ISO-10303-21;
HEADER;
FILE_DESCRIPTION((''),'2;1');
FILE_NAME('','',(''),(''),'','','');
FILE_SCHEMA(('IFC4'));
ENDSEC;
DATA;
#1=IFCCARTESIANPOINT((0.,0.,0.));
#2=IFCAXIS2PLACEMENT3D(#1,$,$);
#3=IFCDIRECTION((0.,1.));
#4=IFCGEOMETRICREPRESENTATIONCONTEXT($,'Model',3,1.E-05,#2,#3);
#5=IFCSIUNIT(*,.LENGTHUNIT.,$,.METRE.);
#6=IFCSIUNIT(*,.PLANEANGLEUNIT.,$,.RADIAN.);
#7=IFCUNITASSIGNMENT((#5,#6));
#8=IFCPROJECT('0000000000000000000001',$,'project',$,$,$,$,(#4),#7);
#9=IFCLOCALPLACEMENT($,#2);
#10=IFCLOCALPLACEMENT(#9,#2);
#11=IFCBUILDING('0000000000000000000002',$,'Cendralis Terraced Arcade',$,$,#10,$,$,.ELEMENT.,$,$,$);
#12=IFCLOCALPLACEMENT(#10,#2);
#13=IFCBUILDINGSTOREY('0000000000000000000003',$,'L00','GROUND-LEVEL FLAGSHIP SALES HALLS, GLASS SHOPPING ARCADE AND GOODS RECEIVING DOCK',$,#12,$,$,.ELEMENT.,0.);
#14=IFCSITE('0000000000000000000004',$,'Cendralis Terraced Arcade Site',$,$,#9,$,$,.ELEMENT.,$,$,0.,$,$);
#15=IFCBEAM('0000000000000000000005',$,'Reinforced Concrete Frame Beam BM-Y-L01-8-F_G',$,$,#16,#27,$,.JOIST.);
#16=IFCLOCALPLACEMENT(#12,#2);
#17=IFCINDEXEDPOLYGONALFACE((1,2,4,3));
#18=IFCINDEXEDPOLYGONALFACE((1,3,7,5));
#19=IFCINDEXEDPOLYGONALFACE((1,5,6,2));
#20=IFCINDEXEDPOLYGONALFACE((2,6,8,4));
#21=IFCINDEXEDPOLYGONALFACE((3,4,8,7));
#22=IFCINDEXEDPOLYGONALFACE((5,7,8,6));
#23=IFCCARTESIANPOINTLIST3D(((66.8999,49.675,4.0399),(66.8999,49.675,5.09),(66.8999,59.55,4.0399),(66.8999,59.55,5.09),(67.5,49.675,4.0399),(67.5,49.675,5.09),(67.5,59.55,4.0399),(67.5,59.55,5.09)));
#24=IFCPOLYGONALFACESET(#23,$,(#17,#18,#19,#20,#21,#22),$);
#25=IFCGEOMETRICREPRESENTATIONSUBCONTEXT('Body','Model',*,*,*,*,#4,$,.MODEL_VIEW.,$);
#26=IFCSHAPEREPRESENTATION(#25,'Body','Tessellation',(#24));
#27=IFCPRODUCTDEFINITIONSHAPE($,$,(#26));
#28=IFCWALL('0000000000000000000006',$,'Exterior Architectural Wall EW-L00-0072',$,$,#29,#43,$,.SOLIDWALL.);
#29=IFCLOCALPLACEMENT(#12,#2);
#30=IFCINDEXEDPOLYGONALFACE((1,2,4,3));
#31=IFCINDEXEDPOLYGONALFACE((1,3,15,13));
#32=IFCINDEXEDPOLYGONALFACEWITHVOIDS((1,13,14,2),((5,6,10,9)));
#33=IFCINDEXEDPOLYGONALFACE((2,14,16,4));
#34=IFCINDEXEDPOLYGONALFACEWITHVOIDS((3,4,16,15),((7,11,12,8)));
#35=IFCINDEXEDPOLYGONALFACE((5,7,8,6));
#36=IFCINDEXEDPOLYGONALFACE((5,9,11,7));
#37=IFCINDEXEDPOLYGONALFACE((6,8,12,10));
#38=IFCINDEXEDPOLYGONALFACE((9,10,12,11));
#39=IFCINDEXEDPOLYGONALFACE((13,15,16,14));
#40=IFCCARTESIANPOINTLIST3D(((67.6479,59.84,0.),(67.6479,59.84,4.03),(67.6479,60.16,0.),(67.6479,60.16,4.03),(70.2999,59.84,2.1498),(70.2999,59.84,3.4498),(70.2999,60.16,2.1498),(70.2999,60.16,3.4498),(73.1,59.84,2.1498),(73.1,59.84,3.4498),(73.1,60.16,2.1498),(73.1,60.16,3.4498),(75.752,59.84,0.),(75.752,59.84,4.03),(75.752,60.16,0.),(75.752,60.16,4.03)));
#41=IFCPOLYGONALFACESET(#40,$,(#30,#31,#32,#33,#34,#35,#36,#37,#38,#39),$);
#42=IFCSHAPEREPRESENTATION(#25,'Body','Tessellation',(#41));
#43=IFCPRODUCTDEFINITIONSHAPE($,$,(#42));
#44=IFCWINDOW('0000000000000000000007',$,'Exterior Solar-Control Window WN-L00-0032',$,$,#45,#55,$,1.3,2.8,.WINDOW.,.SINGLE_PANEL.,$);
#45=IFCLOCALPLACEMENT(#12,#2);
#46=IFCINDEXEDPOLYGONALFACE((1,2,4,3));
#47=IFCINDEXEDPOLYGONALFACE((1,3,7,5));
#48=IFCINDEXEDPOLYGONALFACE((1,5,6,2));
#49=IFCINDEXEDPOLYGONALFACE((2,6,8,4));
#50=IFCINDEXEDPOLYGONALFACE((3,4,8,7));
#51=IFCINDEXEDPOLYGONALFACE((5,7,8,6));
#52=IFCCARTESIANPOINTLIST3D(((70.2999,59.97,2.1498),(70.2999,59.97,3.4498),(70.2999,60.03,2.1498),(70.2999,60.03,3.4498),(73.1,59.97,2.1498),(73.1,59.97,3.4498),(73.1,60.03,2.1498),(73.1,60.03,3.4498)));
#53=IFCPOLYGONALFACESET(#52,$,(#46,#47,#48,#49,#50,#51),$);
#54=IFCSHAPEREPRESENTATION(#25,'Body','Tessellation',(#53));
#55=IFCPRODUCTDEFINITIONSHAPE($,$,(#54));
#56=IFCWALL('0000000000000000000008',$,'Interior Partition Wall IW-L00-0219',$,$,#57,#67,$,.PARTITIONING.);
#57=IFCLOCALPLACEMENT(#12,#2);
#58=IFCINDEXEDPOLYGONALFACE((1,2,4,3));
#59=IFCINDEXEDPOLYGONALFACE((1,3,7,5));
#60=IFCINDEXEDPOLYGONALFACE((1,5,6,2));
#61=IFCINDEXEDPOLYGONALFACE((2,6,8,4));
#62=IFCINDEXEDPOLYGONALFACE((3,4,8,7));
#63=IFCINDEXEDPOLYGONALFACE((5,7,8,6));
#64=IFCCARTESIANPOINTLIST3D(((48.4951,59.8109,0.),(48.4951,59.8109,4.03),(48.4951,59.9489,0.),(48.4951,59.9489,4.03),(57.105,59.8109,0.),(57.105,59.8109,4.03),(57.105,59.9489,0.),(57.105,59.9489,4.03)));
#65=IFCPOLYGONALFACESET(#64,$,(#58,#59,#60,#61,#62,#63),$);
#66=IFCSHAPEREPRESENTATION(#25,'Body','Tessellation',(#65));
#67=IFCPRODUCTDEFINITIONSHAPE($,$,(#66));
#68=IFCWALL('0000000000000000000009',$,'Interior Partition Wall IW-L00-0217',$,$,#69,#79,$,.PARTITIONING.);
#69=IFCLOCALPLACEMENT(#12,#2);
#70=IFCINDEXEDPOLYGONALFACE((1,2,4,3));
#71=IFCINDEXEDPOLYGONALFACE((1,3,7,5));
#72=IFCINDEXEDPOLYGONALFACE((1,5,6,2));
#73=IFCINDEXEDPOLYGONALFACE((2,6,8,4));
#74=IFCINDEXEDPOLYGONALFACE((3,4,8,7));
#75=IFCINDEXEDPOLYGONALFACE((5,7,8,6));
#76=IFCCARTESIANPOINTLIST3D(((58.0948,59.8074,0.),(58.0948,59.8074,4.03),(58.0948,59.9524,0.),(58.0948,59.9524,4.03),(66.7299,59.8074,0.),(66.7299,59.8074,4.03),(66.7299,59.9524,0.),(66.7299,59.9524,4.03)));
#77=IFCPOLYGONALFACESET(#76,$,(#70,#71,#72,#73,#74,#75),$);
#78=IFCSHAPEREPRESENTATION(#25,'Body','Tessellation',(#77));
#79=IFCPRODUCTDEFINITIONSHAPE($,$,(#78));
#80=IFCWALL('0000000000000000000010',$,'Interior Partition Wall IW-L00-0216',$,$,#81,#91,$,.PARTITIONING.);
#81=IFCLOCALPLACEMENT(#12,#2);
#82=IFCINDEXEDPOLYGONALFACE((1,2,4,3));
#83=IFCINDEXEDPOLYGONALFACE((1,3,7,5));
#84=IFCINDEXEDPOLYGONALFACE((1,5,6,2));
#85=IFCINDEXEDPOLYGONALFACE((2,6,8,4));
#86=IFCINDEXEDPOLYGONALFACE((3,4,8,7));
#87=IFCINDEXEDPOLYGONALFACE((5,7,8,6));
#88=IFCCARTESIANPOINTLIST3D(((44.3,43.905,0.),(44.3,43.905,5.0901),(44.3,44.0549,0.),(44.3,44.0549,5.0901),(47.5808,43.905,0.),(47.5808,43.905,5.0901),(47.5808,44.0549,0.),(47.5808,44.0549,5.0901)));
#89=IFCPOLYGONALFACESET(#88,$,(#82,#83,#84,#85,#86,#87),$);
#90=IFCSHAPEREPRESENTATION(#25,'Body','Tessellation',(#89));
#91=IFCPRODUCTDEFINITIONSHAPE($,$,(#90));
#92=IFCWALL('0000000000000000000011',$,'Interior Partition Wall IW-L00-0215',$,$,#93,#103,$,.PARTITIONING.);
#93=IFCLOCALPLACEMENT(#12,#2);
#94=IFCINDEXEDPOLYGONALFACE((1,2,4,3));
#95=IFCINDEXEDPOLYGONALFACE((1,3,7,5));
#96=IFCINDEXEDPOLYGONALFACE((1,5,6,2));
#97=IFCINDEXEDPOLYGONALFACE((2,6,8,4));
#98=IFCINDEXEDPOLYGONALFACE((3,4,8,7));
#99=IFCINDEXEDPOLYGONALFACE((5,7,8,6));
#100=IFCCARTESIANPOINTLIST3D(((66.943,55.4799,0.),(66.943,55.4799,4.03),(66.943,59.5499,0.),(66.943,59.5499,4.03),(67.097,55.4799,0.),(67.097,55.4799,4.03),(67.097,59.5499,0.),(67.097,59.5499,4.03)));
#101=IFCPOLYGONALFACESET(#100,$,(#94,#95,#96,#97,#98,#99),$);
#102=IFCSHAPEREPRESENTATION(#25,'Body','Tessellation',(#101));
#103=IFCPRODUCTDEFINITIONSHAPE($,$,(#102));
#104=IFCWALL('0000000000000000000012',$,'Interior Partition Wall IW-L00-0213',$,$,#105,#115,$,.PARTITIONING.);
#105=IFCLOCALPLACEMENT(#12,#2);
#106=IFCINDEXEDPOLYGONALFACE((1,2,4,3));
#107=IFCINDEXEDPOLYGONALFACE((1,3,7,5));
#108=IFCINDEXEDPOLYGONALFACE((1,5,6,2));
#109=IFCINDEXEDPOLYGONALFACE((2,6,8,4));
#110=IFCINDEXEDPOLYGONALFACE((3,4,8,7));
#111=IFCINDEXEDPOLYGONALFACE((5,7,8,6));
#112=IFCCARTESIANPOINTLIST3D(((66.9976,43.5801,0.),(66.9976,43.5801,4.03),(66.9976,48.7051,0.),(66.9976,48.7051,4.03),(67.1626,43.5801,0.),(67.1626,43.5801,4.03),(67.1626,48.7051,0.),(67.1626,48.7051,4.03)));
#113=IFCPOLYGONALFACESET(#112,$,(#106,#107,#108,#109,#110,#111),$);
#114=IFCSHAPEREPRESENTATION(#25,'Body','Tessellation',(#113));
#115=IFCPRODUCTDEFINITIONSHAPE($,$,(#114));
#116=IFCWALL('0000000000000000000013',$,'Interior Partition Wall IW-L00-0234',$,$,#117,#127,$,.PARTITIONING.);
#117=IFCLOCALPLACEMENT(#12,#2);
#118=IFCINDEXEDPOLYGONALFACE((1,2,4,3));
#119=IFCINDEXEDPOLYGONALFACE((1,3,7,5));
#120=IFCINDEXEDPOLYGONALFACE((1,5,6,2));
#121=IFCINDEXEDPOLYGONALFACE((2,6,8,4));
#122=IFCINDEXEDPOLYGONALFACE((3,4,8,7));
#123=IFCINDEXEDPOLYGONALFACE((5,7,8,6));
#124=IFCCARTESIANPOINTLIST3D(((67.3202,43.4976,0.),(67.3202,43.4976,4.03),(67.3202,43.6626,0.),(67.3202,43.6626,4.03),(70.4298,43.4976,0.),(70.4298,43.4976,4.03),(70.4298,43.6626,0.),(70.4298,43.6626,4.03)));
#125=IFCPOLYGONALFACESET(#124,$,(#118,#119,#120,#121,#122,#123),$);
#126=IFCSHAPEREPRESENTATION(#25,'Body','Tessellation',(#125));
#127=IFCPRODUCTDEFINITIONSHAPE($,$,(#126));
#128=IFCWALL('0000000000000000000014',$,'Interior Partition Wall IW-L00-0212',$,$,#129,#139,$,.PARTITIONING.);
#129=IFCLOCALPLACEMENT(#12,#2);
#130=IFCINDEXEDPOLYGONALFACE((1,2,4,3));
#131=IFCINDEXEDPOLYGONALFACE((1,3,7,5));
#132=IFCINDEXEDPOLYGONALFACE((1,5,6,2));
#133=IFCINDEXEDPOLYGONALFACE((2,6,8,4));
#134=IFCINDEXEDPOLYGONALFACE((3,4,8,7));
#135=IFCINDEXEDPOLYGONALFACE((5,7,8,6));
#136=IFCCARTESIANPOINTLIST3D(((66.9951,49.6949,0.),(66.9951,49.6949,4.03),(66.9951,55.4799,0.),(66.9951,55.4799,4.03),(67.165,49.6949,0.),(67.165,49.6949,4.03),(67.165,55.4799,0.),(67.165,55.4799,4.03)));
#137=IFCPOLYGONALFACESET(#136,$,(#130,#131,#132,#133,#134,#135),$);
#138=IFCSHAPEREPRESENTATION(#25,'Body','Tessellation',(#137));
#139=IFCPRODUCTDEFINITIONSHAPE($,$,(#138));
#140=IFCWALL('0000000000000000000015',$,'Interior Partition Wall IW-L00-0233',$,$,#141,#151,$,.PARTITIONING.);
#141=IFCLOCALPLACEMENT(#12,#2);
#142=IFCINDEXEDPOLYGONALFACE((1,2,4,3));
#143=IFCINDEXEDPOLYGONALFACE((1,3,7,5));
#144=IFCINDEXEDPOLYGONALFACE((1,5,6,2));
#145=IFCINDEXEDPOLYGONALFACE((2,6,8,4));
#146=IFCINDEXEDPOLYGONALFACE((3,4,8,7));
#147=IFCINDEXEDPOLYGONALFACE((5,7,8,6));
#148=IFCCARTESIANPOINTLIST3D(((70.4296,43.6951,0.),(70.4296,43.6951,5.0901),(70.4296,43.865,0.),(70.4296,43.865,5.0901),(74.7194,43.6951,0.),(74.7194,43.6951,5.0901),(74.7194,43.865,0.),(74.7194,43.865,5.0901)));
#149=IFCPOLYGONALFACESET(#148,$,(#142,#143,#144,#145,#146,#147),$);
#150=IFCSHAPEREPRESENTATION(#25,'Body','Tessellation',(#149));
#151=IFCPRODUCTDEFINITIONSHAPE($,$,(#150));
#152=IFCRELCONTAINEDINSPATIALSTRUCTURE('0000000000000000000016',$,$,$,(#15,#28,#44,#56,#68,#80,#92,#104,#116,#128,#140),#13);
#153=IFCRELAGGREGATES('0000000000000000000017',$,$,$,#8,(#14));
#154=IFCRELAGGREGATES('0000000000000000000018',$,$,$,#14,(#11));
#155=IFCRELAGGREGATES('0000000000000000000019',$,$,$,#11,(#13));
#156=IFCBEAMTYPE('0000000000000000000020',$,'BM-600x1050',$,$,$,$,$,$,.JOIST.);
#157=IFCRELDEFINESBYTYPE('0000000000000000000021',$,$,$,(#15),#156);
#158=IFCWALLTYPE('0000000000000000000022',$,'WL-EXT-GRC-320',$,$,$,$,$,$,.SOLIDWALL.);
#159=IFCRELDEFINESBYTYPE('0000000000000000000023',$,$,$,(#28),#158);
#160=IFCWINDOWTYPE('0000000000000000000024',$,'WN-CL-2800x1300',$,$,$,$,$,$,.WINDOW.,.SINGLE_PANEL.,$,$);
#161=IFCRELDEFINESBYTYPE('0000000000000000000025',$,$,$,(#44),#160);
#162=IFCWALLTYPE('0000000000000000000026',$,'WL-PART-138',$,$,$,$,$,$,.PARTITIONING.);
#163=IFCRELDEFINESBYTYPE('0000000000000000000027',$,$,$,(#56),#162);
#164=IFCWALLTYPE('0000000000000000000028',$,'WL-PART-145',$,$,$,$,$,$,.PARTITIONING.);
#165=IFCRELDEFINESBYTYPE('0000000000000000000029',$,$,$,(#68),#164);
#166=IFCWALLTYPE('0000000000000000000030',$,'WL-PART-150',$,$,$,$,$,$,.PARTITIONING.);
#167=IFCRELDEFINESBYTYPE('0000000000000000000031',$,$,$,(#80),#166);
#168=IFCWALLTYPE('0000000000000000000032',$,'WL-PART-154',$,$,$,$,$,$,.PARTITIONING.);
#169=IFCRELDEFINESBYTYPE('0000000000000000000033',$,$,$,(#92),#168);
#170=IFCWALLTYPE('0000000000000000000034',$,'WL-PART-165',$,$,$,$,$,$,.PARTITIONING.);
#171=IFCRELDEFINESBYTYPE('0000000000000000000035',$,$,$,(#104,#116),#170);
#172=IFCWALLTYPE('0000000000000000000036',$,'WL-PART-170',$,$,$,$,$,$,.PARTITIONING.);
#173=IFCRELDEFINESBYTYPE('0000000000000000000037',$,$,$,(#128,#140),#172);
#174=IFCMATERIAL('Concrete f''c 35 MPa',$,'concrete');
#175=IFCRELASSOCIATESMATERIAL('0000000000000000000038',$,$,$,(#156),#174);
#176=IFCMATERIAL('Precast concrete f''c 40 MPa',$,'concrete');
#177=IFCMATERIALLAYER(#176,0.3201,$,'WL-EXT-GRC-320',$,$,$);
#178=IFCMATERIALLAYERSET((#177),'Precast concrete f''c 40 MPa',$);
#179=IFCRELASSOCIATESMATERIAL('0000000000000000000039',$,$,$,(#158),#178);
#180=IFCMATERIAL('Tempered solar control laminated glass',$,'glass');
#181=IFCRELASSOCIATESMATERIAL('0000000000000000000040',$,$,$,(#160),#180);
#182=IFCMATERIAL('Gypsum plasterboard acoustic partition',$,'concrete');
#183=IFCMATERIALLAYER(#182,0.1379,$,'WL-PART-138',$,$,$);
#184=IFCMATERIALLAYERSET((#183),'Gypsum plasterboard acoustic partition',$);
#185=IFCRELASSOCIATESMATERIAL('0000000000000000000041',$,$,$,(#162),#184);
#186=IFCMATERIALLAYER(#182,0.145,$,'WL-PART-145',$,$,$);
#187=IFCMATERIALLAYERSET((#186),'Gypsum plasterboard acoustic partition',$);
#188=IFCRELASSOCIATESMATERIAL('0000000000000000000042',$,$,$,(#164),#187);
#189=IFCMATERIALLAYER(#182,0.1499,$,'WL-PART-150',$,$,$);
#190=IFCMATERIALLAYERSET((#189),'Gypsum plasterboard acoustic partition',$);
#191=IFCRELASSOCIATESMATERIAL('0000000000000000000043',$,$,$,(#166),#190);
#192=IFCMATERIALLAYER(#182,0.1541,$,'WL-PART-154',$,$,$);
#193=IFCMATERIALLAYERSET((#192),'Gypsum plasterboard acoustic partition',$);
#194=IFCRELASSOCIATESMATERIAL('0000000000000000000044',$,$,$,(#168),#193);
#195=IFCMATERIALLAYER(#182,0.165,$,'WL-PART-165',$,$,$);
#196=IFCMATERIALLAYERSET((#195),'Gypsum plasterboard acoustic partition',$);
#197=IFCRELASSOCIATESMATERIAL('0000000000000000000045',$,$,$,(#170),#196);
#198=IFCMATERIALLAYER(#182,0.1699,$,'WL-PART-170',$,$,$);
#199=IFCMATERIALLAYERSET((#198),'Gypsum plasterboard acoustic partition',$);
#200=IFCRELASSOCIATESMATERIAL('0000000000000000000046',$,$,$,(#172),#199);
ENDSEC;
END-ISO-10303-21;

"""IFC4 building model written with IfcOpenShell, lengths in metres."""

from ifc_helpers import new_model, si_unit, direction, frame, frame_2d, origin, origin_2d, place, context, subcontext, project, spatial, rectangle, extrude, material, layer, layer_set, material_profile, profile_set, type_object, element, fill, save


model = new_model("IFC4")

# Units and contexts
model_context = context("Model", 3, precision=1e-05, world=origin(), true_north=direction((0.0, 1.0)))
body_context = subcontext(model_context, "Body", "Model", "MODEL_VIEW")
ifc_project = project(units=[si_unit("LENGTHUNIT", "METRE"), si_unit("PLANEANGLEUNIT", "RADIAN")], contexts=[model_context])

# Site, building, storey
site_placement = place(None, origin())
site = spatial("IfcSite", under=ifc_project, at=site_placement, Name="Cendralis Terraced Arcade Site", CompositionType="ELEMENT", RefElevation=0.0)
building_placement = place(site_placement, origin())
building = spatial("IfcBuilding", under=site, at=building_placement, Name="Cendralis Terraced Arcade", CompositionType="ELEMENT")
storey_placement = place(building_placement, origin())
storey = spatial("IfcBuildingStorey", under=building, at=storey_placement, Name="L00", Description="GROUND-LEVEL FLAGSHIP SALES HALLS, GLASS SHOPPING ARCADE AND GOODS RECEIVING DOCK", CompositionType="ELEMENT", Elevation=0.0)

# Shared definitions
ifc_material_1 = material(Name="Concrete f'c 35 MPa", Category="concrete")

# Beam
ifc_material_profile_1 = material_profile(ifc_material_1, rectangle(XDim=0.6001, YDim=1.05, at=origin_2d()), Name="RC-BM-600x1050", Category="LoadBearing")
ifc_profile_set_1 = profile_set([ifc_material_profile_1], Name="Concrete f'c 35 MPa")
beam_type = type_object("IfcBeamType", Name="BM-600x1050", PredefinedType="JOIST", material=ifc_profile_set_1)
beam_1_placement = place(storey_placement, frame((67.2, 49.675, 4.5649), z_axis=(0.0, 1.0, 0.0), x_axis=(-1.0, 0.0, 0.0)))
element("IfcBeam", 1, at=beam_1_placement, inside=storey, type_object=beam_type, Name="Reinforced Concrete Frame Beam BM-Y-L01-8-F_G", PredefinedType="JOIST", context=body_context, shape_type="SweptSolid", body=[
    extrude(rectangle(XDim=0.6001, YDim=1.05, at=origin_2d()), origin(), (0.0, 0.0, 1.0), 9.875),
])

# Wall, opening, window
ifc_material_2 = material(Name="Precast concrete f'c 40 MPa", Category="concrete")
ifc_layer_1 = layer(ifc_material_2, 0.3201, Name="WL-EXT-GRC-320")
ifc_layer_set_1 = layer_set([ifc_layer_1], Name="Precast concrete f'c 40 MPa")
wall_type_1 = type_object("IfcWallType", Name="WL-EXT-GRC-320", PredefinedType="SOLIDWALL", material=ifc_layer_set_1)
wall_1_placement = place(storey_placement, frame((67.6479, 60.0, 0.0), z_axis=(0.0, 0.0, 1.0), x_axis=(1.0, 0.0, 0.0)))
wall_1 = element("IfcWall", 2, at=wall_1_placement, inside=storey, type_object=wall_type_1, Name="Exterior Architectural Wall EW-L00-0072", PredefinedType="SOLIDWALL", context=body_context, shape_type="SweptSolid", body=[
    extrude(rectangle(XDim=8.104, YDim=0.3201, at=frame_2d((4.052, 0.0))), origin(), (0.0, 0.0, 1.0), 4.03),
])
opening_1_placement = place(wall_1_placement, frame((2.6521, 0.0, 2.1499)))
opening_1 = element("IfcOpeningElement", 3, at=opening_1_placement, cuts=wall_1, PredefinedType="OPENING", context=body_context, shape_type="SweptSolid", body=[
    extrude(rectangle(XDim=2.8, YDim=1.3, at=frame_2d((1.3999, 0.6499))), frame((0.0, 0.1719, 0.0), z_axis=(0.0, -1.0, 0.0), x_axis=(1.0, 0.0, 0.0)), (0.0, 0.0, 1.0), 0.344),
])
ifc_material_3 = material(Name="Tempered solar control laminated glass", Category="glass")
window_type = type_object("IfcWindowType", Name="WN-CL-2800x1300", PartitioningType="SINGLE_PANEL", PredefinedType="WINDOW", material=ifc_material_3)
window_placement = place(opening_1_placement, origin())
window = element("IfcWindow", 4, at=window_placement, inside=storey, type_object=window_type, Name="Exterior Solar-Control Window WN-L00-0032", OverallHeight=1.3, OverallWidth=2.8, PartitioningType="SINGLE_PANEL", PredefinedType="WINDOW", context=body_context, shape_type="SweptSolid", body=[
    extrude(rectangle(XDim=2.8, YDim=1.3, at=frame_2d((1.3999, 0.6499))), frame((0.0, 0.03, 0.0), z_axis=(0.0, -1.0, 0.0), x_axis=(1.0, 0.0, 0.0)), (0.0, 0.0, 1.0), 0.0601),
])
fill(opening_1, window)

# Walls
ifc_material_4 = material(Name="Gypsum plasterboard acoustic partition", Category="concrete")
ifc_layer_2 = layer(ifc_material_4, 0.1379, Name="WL-PART-138")
ifc_layer_set_2 = layer_set([ifc_layer_2], Name="Gypsum plasterboard acoustic partition")
wall_type_2 = type_object("IfcWallType", Name="WL-PART-138", PredefinedType="PARTITIONING", material=ifc_layer_set_2)
wall_2_placement = place(storey_placement, frame((48.4951, 59.8799, 0.0), z_axis=(0.0, 0.0, 1.0), x_axis=(1.0, 0.0, 0.0)))
element("IfcWall", 5, at=wall_2_placement, inside=storey, type_object=wall_type_2, Name="Interior Partition Wall IW-L00-0219", PredefinedType="PARTITIONING", context=body_context, shape_type="SweptSolid", body=[
    extrude(rectangle(XDim=8.6099, YDim=0.1379, at=frame_2d((4.3049, 0.0))), origin(), (0.0, 0.0, 1.0), 4.03),
])
ifc_layer_3 = layer(ifc_material_4, 0.145, Name="WL-PART-145")
ifc_layer_set_3 = layer_set([ifc_layer_3], Name="Gypsum plasterboard acoustic partition")
wall_type_3 = type_object("IfcWallType", Name="WL-PART-145", PredefinedType="PARTITIONING", material=ifc_layer_set_3)
wall_3_placement = place(storey_placement, frame((58.095, 59.8799, 0.0), z_axis=(0.0, 0.0, 1.0), x_axis=(1.0, 0.0, 0.0)))
element("IfcWall", 6, at=wall_3_placement, inside=storey, type_object=wall_type_3, Name="Interior Partition Wall IW-L00-0217", PredefinedType="PARTITIONING", context=body_context, shape_type="SweptSolid", body=[
    extrude(rectangle(XDim=8.635, YDim=0.145, at=frame_2d((4.3174, 0.0))), origin(), (0.0, 0.0, 1.0), 4.03),
])
ifc_layer_4 = layer(ifc_material_4, 0.1499, Name="WL-PART-150")
ifc_layer_set_4 = layer_set([ifc_layer_4], Name="Gypsum plasterboard acoustic partition")
wall_type_4 = type_object("IfcWallType", Name="WL-PART-150", PredefinedType="PARTITIONING", material=ifc_layer_set_4)
wall_4_placement = place(storey_placement, frame((47.5808, 43.98, 0.0), z_axis=(0.0, 0.0, 1.0), x_axis=(-1.0, 0.0, 0.0)))
element("IfcWall", 7, at=wall_4_placement, inside=storey, type_object=wall_type_4, Name="Interior Partition Wall IW-L00-0216", PredefinedType="PARTITIONING", context=body_context, shape_type="SweptSolid", body=[
    extrude(rectangle(XDim=3.2808, YDim=0.1499, at=frame_2d((1.6404, 0.0))), origin(), (0.0, 0.0, 1.0), 5.0901),
])
ifc_layer_5 = layer(ifc_material_4, 0.1541, Name="WL-PART-154")
ifc_layer_set_5 = layer_set([ifc_layer_5], Name="Gypsum plasterboard acoustic partition")
wall_type_5 = type_object("IfcWallType", Name="WL-PART-154", PredefinedType="PARTITIONING", material=ifc_layer_set_5)
wall_5_placement = place(storey_placement, frame((67.02, 59.55, 0.0), z_axis=(0.0, 0.0, 1.0), x_axis=(0.0, -1.0, 0.0)))
element("IfcWall", 8, at=wall_5_placement, inside=storey, type_object=wall_type_5, Name="Interior Partition Wall IW-L00-0215", PredefinedType="PARTITIONING", context=body_context, shape_type="SweptSolid", body=[
    extrude(rectangle(XDim=4.0701, YDim=0.1541, at=frame_2d((2.0352, 0.0))), origin(), (0.0, 0.0, 1.0), 4.03),
])
ifc_layer_6 = layer(ifc_material_4, 0.165, Name="WL-PART-165")
ifc_layer_set_6 = layer_set([ifc_layer_6], Name="Gypsum plasterboard acoustic partition")
wall_type_6 = type_object("IfcWallType", Name="WL-PART-165", PredefinedType="PARTITIONING", material=ifc_layer_set_6)
wall_6_placement = place(storey_placement, frame((67.0801, 48.7051, 0.0), z_axis=(0.0, 0.0, 1.0), x_axis=(0.0, -1.0, 0.0)))
element("IfcWall", 9, at=wall_6_placement, inside=storey, type_object=wall_type_6, Name="Interior Partition Wall IW-L00-0213", PredefinedType="PARTITIONING", context=body_context, shape_type="SweptSolid", body=[
    extrude(rectangle(XDim=5.125, YDim=0.165, at=frame_2d((2.5625, 0.0))), origin(), (0.0, 0.0, 1.0), 4.03),
])
wall_7_placement = place(storey_placement, frame((70.4297, 43.5801, 0.0), z_axis=(0.0, 0.0, 1.0), x_axis=(-1.0, 0.0, 0.0)))
element("IfcWall", 10, at=wall_7_placement, inside=storey, type_object=wall_type_6, Name="Interior Partition Wall IW-L00-0234", PredefinedType="PARTITIONING", context=body_context, shape_type="SweptSolid", body=[
    extrude(rectangle(XDim=3.1096, YDim=0.165, at=frame_2d((1.5547, 0.0))), origin(), (0.0, 0.0, 1.0), 4.03),
])
ifc_layer_7 = layer(ifc_material_4, 0.1699, Name="WL-PART-170")
ifc_layer_set_7 = layer_set([ifc_layer_7], Name="Gypsum plasterboard acoustic partition")
wall_type_7 = type_object("IfcWallType", Name="WL-PART-170", PredefinedType="PARTITIONING", material=ifc_layer_set_7)
wall_8_placement = place(storey_placement, frame((67.0801, 55.48, 0.0), z_axis=(0.0, 0.0, 1.0), x_axis=(0.0, -1.0, 0.0)))
element("IfcWall", 11, at=wall_8_placement, inside=storey, type_object=wall_type_7, Name="Interior Partition Wall IW-L00-0212", PredefinedType="PARTITIONING", context=body_context, shape_type="SweptSolid", body=[
    extrude(rectangle(XDim=5.7849, YDim=0.1699, at=frame_2d((2.8926, 0.0))), origin(), (0.0, 0.0, 1.0), 4.03),
])
wall_9_placement = place(storey_placement, frame((74.7195, 43.78, 0.0), z_axis=(0.0, 0.0, 1.0), x_axis=(-1.0, 0.0, 0.0)))
element("IfcWall", 12, at=wall_9_placement, inside=storey, type_object=wall_type_7, Name="Interior Partition Wall IW-L00-0233", PredefinedType="PARTITIONING", context=body_context, shape_type="SweptSolid", body=[
    extrude(rectangle(XDim=4.2898, YDim=0.1699, at=frame_2d((2.145, 0.0))), origin(), (0.0, 0.0, 1.0), 5.0901),
])

save(model, "model.ifc")
